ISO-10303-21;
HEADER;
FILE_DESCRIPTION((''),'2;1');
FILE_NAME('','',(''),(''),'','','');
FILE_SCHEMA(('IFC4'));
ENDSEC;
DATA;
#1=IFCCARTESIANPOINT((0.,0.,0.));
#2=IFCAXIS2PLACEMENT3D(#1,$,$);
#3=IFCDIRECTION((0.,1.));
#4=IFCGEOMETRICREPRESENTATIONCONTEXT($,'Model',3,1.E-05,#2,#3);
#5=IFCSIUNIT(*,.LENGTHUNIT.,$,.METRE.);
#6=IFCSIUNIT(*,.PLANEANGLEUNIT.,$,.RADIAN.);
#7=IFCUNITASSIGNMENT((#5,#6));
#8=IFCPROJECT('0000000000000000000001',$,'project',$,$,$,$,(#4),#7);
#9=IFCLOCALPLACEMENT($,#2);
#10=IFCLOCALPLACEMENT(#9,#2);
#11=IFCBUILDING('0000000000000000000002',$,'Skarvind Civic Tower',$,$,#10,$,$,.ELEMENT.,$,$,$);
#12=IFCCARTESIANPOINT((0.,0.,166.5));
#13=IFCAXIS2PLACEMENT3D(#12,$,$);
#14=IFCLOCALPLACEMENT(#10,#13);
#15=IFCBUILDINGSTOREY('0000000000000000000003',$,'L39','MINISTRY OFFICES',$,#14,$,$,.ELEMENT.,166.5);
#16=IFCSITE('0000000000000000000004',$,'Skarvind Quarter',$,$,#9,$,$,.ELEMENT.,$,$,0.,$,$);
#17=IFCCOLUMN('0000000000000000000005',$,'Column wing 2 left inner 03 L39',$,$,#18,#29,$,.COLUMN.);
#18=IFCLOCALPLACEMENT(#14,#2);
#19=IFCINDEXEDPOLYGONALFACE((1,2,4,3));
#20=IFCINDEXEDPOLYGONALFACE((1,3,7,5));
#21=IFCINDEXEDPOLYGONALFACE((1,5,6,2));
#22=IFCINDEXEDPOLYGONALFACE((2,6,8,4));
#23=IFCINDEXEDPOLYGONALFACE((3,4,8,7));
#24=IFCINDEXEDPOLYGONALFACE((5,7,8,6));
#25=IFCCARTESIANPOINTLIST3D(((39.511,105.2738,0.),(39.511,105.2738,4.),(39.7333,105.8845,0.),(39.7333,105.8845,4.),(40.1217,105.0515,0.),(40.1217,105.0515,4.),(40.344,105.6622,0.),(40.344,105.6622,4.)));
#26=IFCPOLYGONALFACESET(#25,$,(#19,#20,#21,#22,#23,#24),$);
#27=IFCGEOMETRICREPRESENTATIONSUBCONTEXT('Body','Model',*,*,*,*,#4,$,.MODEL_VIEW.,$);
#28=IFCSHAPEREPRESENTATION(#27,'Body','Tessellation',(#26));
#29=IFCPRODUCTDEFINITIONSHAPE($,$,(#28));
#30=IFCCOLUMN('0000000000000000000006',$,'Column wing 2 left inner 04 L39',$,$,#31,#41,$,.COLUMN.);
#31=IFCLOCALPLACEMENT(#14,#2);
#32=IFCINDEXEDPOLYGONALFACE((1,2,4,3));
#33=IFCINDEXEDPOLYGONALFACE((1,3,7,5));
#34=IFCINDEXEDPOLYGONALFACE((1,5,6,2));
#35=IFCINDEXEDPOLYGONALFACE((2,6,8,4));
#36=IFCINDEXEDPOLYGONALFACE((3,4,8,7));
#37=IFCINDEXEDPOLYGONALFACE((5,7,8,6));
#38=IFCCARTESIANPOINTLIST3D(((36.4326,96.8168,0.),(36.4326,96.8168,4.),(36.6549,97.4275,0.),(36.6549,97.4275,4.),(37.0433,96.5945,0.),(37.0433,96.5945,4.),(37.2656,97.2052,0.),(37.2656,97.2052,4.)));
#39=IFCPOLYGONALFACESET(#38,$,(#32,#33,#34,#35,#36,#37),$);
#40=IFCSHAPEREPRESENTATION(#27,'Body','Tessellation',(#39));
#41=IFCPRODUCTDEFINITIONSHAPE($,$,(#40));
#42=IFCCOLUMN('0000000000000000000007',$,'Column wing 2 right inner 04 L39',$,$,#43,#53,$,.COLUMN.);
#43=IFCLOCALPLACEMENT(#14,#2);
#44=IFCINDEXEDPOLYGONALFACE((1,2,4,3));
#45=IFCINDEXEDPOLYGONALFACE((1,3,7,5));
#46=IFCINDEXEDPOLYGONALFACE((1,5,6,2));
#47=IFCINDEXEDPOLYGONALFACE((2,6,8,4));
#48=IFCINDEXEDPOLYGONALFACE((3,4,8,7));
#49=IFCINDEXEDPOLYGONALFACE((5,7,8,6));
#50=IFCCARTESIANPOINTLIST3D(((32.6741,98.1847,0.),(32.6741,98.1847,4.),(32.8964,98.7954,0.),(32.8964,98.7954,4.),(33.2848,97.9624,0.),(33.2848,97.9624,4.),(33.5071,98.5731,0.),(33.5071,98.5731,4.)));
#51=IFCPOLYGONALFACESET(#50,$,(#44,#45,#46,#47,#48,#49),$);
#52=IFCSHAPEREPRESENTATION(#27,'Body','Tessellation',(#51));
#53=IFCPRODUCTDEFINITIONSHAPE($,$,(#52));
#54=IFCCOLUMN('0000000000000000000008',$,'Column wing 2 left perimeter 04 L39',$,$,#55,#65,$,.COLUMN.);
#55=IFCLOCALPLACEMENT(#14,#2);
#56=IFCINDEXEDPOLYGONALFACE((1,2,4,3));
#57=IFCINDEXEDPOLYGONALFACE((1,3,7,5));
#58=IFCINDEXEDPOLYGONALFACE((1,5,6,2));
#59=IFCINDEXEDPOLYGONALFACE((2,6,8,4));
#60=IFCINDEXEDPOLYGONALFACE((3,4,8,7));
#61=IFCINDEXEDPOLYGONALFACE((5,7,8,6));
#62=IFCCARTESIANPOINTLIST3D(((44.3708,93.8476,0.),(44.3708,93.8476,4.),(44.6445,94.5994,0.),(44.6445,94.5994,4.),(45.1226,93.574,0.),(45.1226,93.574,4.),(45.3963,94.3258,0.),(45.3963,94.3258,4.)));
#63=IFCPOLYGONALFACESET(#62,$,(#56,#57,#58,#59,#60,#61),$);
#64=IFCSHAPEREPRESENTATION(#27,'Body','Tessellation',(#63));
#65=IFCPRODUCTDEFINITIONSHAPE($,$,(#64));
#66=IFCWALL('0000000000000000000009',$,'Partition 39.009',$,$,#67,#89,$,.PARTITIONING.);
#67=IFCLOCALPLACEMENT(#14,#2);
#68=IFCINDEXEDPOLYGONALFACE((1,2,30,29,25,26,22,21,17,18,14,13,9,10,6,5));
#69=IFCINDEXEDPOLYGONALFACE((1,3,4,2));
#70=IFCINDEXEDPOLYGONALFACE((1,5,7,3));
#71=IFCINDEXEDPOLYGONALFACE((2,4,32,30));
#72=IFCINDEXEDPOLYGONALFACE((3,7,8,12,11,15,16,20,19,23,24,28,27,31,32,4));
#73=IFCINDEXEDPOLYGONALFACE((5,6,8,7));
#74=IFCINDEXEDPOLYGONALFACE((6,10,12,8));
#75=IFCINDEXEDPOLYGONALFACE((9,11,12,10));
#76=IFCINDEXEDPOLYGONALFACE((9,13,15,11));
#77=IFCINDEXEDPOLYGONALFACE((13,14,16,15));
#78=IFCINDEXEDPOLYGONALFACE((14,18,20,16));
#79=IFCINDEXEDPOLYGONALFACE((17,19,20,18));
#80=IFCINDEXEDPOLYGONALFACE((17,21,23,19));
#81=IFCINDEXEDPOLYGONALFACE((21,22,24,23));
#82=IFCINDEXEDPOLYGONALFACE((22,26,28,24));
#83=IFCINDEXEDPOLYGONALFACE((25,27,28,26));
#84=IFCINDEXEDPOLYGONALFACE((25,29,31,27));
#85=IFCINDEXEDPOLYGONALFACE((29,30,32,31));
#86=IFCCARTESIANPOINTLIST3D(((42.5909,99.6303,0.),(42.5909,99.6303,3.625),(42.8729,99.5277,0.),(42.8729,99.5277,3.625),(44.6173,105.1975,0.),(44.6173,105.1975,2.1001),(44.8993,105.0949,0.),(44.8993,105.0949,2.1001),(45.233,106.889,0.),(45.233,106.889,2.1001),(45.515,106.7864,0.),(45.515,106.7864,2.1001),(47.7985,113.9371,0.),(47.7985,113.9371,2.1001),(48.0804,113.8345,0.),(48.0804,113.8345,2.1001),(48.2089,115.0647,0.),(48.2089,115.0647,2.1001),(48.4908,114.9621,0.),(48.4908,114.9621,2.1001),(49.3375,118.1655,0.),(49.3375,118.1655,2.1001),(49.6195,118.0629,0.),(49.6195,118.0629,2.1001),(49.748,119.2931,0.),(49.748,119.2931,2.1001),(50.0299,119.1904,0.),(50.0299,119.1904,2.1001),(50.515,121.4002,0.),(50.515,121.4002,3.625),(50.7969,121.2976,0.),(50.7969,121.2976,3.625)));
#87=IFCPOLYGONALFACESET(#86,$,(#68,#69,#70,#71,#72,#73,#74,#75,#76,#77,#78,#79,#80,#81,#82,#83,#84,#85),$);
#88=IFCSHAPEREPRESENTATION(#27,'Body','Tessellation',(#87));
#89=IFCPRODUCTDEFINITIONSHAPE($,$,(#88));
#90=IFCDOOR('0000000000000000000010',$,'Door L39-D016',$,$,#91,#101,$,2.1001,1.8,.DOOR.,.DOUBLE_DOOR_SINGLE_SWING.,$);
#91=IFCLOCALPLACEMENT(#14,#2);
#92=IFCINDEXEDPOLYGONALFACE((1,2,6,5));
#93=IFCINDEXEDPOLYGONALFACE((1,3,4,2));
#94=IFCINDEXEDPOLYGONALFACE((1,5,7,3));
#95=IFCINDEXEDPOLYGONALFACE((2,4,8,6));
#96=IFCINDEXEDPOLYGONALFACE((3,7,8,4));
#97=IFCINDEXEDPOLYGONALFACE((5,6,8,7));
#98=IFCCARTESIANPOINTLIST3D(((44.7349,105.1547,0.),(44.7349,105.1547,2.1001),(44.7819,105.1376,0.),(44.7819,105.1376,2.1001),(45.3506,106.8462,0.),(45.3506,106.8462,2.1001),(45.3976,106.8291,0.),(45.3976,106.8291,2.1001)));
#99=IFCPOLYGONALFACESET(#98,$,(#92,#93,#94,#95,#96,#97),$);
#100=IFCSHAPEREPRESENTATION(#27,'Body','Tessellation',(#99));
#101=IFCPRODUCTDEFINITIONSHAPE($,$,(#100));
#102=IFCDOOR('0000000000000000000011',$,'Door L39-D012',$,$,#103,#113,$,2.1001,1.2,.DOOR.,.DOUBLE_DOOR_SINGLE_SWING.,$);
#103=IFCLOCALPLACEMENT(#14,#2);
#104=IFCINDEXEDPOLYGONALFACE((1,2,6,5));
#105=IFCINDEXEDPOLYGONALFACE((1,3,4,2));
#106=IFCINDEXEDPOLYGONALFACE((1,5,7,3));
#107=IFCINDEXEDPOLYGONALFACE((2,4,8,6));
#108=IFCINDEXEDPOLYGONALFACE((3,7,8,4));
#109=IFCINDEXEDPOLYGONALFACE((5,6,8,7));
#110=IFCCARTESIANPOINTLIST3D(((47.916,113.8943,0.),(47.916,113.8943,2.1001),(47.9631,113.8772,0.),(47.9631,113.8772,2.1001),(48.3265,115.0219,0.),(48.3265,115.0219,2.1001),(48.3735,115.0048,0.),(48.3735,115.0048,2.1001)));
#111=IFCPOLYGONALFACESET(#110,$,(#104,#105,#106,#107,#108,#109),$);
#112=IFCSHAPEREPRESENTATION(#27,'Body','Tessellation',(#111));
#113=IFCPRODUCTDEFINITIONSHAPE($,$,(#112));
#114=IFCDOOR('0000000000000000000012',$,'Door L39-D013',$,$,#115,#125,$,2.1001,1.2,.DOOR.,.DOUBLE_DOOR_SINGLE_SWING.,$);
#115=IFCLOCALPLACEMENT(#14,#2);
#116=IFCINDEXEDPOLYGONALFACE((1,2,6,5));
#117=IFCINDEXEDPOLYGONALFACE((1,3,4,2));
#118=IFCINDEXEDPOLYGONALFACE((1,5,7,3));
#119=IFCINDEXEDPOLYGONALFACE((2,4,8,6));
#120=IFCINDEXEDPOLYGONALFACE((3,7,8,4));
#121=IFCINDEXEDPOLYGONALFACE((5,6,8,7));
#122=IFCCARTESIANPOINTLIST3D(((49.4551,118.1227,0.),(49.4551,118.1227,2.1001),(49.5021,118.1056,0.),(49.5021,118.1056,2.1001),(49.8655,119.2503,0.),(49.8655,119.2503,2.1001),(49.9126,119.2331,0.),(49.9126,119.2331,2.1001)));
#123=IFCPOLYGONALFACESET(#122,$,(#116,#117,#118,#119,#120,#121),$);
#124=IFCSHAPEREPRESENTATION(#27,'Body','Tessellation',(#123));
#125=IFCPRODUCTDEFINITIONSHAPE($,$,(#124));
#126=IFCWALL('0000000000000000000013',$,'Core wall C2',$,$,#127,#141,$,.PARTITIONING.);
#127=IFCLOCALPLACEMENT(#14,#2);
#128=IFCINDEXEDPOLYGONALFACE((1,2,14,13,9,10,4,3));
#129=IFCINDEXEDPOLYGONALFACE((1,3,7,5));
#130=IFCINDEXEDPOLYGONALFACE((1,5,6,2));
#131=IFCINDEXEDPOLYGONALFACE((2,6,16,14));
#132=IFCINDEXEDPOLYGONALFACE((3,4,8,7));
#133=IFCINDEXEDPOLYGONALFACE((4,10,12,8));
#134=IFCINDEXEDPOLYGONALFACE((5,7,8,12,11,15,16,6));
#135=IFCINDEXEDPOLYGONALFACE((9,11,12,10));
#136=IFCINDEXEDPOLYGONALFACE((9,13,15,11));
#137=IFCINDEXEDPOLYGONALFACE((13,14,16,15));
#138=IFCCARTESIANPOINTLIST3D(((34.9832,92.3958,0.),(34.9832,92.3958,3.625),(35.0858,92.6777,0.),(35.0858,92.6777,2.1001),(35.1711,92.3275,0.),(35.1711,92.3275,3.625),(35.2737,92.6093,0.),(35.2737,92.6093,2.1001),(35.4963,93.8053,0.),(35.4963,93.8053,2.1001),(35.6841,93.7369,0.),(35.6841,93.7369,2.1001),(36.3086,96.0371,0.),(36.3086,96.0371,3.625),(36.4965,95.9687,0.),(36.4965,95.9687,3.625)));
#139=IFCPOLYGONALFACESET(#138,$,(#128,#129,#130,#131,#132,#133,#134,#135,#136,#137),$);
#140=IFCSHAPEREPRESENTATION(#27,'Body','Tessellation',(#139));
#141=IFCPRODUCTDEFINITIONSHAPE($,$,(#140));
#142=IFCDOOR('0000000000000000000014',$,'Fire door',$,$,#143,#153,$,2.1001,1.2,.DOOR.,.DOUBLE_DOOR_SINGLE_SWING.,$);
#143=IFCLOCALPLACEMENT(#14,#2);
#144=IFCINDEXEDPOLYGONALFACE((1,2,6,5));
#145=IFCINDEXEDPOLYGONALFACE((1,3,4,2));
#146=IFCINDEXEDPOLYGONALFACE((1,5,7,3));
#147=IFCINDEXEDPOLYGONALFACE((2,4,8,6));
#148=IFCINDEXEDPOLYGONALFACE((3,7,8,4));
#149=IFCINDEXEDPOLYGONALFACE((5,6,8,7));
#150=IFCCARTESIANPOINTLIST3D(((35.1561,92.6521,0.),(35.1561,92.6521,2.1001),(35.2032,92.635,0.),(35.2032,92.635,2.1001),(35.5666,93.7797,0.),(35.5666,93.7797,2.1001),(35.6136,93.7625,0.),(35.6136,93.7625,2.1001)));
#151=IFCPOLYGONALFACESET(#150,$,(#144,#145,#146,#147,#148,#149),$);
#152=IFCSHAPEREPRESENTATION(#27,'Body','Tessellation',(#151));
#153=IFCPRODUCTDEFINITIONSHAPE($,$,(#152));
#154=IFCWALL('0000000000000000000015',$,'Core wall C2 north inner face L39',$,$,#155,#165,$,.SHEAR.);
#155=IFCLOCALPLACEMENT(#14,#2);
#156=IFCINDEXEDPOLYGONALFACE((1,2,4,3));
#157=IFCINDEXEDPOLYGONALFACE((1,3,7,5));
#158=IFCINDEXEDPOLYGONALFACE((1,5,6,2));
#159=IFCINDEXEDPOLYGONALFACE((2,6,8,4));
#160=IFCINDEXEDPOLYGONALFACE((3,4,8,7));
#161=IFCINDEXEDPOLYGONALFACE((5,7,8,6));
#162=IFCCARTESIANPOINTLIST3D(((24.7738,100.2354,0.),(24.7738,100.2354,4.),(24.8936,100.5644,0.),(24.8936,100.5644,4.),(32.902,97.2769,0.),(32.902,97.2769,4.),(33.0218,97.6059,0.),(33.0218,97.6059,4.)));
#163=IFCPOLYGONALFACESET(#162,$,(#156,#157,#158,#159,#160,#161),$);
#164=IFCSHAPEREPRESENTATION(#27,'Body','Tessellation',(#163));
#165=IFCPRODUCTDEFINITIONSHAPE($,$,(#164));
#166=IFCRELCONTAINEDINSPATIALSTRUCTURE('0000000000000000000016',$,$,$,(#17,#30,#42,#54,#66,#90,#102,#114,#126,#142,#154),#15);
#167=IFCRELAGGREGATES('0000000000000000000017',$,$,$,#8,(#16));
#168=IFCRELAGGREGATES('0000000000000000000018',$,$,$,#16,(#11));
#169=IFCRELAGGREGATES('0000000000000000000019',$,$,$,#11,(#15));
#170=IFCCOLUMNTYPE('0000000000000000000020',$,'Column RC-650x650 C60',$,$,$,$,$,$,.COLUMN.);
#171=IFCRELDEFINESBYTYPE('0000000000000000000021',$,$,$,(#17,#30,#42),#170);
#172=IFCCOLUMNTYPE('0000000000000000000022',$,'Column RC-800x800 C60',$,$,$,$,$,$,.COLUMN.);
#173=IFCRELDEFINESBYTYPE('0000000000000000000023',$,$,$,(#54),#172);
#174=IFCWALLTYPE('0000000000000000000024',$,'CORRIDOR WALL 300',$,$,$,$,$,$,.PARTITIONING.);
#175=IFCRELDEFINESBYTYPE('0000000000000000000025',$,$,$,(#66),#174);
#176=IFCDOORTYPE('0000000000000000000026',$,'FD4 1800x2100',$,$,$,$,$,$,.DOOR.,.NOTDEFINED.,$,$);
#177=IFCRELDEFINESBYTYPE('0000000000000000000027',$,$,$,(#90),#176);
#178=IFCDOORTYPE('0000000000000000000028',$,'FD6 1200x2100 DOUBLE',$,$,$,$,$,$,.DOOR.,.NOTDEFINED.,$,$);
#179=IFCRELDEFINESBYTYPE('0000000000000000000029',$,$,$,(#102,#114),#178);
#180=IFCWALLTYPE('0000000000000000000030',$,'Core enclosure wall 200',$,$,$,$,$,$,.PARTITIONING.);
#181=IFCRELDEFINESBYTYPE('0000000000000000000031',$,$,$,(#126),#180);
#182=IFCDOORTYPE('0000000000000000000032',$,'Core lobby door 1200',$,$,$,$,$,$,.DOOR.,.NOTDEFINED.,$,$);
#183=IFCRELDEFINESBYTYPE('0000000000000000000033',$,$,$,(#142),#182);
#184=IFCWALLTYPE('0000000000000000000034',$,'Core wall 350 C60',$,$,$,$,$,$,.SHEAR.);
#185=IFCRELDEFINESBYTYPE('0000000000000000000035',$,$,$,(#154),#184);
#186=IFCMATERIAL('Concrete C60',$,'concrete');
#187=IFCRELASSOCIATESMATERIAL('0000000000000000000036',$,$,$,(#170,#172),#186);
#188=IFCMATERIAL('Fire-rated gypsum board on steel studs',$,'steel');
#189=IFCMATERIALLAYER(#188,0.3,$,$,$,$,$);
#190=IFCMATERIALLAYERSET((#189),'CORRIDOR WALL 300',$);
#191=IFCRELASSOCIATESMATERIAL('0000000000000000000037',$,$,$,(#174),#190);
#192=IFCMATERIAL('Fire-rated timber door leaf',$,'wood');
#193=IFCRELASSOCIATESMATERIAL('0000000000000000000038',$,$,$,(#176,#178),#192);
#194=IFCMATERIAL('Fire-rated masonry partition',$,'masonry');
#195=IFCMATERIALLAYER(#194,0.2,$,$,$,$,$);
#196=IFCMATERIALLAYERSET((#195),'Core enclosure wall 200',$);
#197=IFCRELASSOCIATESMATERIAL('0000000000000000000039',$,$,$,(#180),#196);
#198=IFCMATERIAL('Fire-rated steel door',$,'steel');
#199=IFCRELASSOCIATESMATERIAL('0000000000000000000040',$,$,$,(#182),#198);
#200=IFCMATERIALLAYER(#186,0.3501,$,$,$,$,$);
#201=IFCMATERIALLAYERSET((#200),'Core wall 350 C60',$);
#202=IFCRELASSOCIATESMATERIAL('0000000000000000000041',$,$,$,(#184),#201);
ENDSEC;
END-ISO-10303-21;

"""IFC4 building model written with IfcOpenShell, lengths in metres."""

from ifc_helpers import new_model, si_unit, direction, frame, frame_2d, origin, origin_2d, place, context, subcontext, project, spatial, rectangle, extrude, material, layer, layer_set, material_profile, profile_set, type_object, element, fill, save


model = new_model("IFC4")

# Units and contexts
model_context = context("Model", 3, precision=1e-05, world=origin(), true_north=direction((0.0, 1.0)))
body_context = subcontext(model_context, "Body", "Model", "MODEL_VIEW")
ifc_project = project(units=[si_unit("LENGTHUNIT", "METRE"), si_unit("PLANEANGLEUNIT", "RADIAN")], contexts=[model_context])

# Site, building, storey
site_placement = place(None, origin())
site = spatial("IfcSite", under=ifc_project, at=site_placement, Name="Skarvind Quarter", CompositionType="ELEMENT", RefElevation=0.0)
building_placement = place(site_placement, origin())
building = spatial("IfcBuilding", under=site, at=building_placement, Name="Skarvind Civic Tower", CompositionType="ELEMENT")
storey_placement = place(building_placement, frame((0.0, 0.0, 166.5)))
storey = spatial("IfcBuildingStorey", under=building, at=storey_placement, Name="L39", Description="MINISTRY OFFICES", CompositionType="ELEMENT", Elevation=166.5)

# Columns
ifc_material_1 = material(Name="Concrete C60", Category="concrete")
ifc_material_profile_1 = material_profile(ifc_material_1, rectangle(XDim=0.6499, YDim=0.6499, at=origin_2d()), Name="RC-650x650")
ifc_profile_set_1 = profile_set([ifc_material_profile_1], Name="Concrete C60")
column_type_1 = type_object("IfcColumnType", Name="Column RC-650x650 C60", PredefinedType="COLUMN", material=ifc_profile_set_1)
for number, where, z_axis, x_axis, name in (
    (1, (39.9275, 105.468, 0.0), (0.0, 0.0, 1.0), (-0.34202, -0.939693, 0.0), "Column wing 2 left inner 03 L39"),
    (2, (36.8491, 97.011, 0.0), (0.0, 0.0, 1.0), (-0.34202, -0.939693, 0.0), "Column wing 2 left inner 04 L39"),
    (3, (33.0906, 98.3789, 0.0), (0.0, 0.0, 1.0), (-0.34202, -0.939693, 0.0), "Column wing 2 right inner 04 L39"),
):
    element("IfcColumn", number, at=place(storey_placement, frame(where, z_axis=z_axis, x_axis=x_axis)), inside=storey, type_object=column_type_1, Name=name, PredefinedType="COLUMN", context=body_context, shape_type="SweptSolid", body=[
        extrude(rectangle(XDim=0.6499, YDim=0.6499, at=origin_2d()), origin(), (0.0, 0.0, 1.0), 4.0),
    ])
ifc_material_profile_2 = material_profile(ifc_material_1, rectangle(XDim=0.8, YDim=0.8, at=origin_2d()), Name="RC-800x800")
ifc_profile_set_2 = profile_set([ifc_material_profile_2], Name="Concrete C60")
column_type_2 = type_object("IfcColumnType", Name="Column RC-800x800 C60", PredefinedType="COLUMN", material=ifc_profile_set_2)
column_placement = place(storey_placement, frame((44.8835, 94.0867, 0.0), z_axis=(0.0, 0.0, 1.0), x_axis=(-0.34202, -0.939693, 0.0)))
element("IfcColumn", 4, at=column_placement, inside=storey, type_object=column_type_2, Name="Column wing 2 left perimeter 04 L39", PredefinedType="COLUMN", context=body_context, shape_type="SweptSolid", body=[
    extrude(rectangle(XDim=0.8, YDim=0.8, at=origin_2d()), origin(), (0.0, 0.0, 1.0), 4.0),
])

# Wall, openings, doors
ifc_material_2 = material(Name="Fire-rated gypsum board on steel studs", Category="steel")
ifc_layer_1 = layer(ifc_material_2, 0.3)
ifc_layer_set_1 = layer_set([ifc_layer_1], Name="CORRIDOR WALL 300")
wall_type_1 = type_object("IfcWallType", Name="CORRIDOR WALL 300", PredefinedType="PARTITIONING", material=ifc_layer_set_1)
wall_1_placement = place(storey_placement, frame((42.7319, 99.5791, 0.0), z_axis=(0.0, 0.0, 1.0), x_axis=(0.342037, 0.939687, 0.0)))
wall_1 = element("IfcWall", 5, at=wall_1_placement, inside=storey, type_object=wall_type_1, Name="Partition 39.009", PredefinedType="PARTITIONING", context=body_context, shape_type="SweptSolid", body=[
    extrude(rectangle(XDim=23.1672, YDim=0.3, at=frame_2d((11.5835, 0.0))), origin(), (0.0, 0.0, 1.0), 3.625),
])
opening_1_placement = place(wall_1_placement, frame((15.2249, 0.0, 0.0)))
opening_1 = element("IfcOpeningElement", 6, at=opening_1_placement, cuts=wall_1, PredefinedType="OPENING", context=body_context, shape_type="SweptSolid", body=[
    extrude(rectangle(XDim=1.2, YDim=2.1001, at=frame_2d((0.6001, 1.05))), frame((0.0, 0.1599, 0.0), z_axis=(0.0, -1.0, 0.0), x_axis=(1.0, 0.0, 0.0)), (0.0, 0.0, 1.0), 0.3201),
])
opening_2_placement = place(wall_1_placement, frame((19.7246, 0.0, 0.0)))
opening_2 = element("IfcOpeningElement", 7, at=opening_2_placement, cuts=wall_1, PredefinedType="OPENING", context=body_context, shape_type="SweptSolid", body=[
    extrude(rectangle(XDim=1.2, YDim=2.1001, at=frame_2d((0.6001, 1.05))), frame((0.0, 0.1599, 0.0), z_axis=(0.0, -1.0, 0.0), x_axis=(1.0, 0.0, 0.0)), (0.0, 0.0, 1.0), 0.3201),
])
opening_3_placement = place(wall_1_placement, frame((5.9246, 0.0, 0.0)))
opening_3 = element("IfcOpeningElement", 8, at=opening_3_placement, cuts=wall_1, PredefinedType="OPENING", context=body_context, shape_type="SweptSolid", body=[
    extrude(rectangle(XDim=1.8, YDim=2.1001, at=frame_2d((0.8999, 1.05))), frame((0.0, 0.1599, 0.0), z_axis=(0.0, -1.0, 0.0), x_axis=(1.0, 0.0, 0.0)), (0.0, 0.0, 1.0), 0.3201),
])
ifc_material_3 = material(Name="Fire-rated timber door leaf", Category="wood")
door_type_1 = type_object("IfcDoorType", Name="FD4 1800x2100", OperationType="NOTDEFINED", PredefinedType="DOOR", material=ifc_material_3)
door_1_placement = place(opening_3_placement, origin())
door_1 = element("IfcDoor", 9, at=door_1_placement, inside=storey, type_object=door_type_1, Name="Door L39-D016", OperationType="DOUBLE_DOOR_SINGLE_SWING", OverallHeight=2.1001, OverallWidth=1.8, PredefinedType="DOOR", context=body_context, shape_type="SweptSolid", body=[
    extrude(rectangle(XDim=1.8, YDim=2.1001, at=frame_2d((0.8999, 1.05))), frame((0.0, 0.0249, 0.0), z_axis=(0.0, -1.0, 0.0), x_axis=(1.0, 0.0, 0.0)), (0.0, 0.0, 1.0), 0.05),
])
fill(opening_3, door_1)
door_type_2 = type_object("IfcDoorType", Name="FD6 1200x2100 DOUBLE", OperationType="NOTDEFINED", PredefinedType="DOOR", material=ifc_material_3)
door_2_placement = place(opening_1_placement, origin())
door_2 = element("IfcDoor", 10, at=door_2_placement, inside=storey, type_object=door_type_2, Name="Door L39-D012", OperationType="DOUBLE_DOOR_SINGLE_SWING", OverallHeight=2.1001, OverallWidth=1.2, PredefinedType="DOOR", context=body_context, shape_type="SweptSolid", body=[
    extrude(rectangle(XDim=1.2, YDim=2.1001, at=frame_2d((0.6001, 1.05))), frame((0.0, 0.0249, 0.0), z_axis=(0.0, -1.0, 0.0), x_axis=(1.0, 0.0, 0.0)), (0.0, 0.0, 1.0), 0.05),
])
fill(opening_1, door_2)
door_3_placement = place(opening_2_placement, origin())
door_3 = element("IfcDoor", 11, at=door_3_placement, inside=storey, type_object=door_type_2, Name="Door L39-D013", OperationType="DOUBLE_DOOR_SINGLE_SWING", OverallHeight=2.1001, OverallWidth=1.2, PredefinedType="DOOR", context=body_context, shape_type="SweptSolid", body=[
    extrude(rectangle(XDim=1.2, YDim=2.1001, at=frame_2d((0.6001, 1.05))), frame((0.0, 0.0249, 0.0), z_axis=(0.0, -1.0, 0.0), x_axis=(1.0, 0.0, 0.0)), (0.0, 0.0, 1.0), 0.05),
])
fill(opening_2, door_3)

# Wall, opening, door
ifc_material_4 = material(Name="Fire-rated masonry partition", Category="masonry")
ifc_layer_2 = layer(ifc_material_4, 0.2)
ifc_layer_set_2 = layer_set([ifc_layer_2], Name="Core enclosure wall 200")
wall_type_2 = type_object("IfcWallType", Name="Core enclosure wall 200", PredefinedType="PARTITIONING", material=ifc_layer_set_2)
wall_2_placement = place(storey_placement, frame((36.4026, 96.0029, 0.0), z_axis=(0.0, 0.0, 1.0), x_axis=(-0.342042, -0.939685, 0.0)))
wall_2 = element("IfcWall", 12, at=wall_2_placement, inside=storey, type_object=wall_type_2, Name="Core wall C2", PredefinedType="PARTITIONING", context=body_context, shape_type="SweptSolid", body=[
    extrude(rectangle(XDim=3.875, YDim=0.2, at=frame_2d((1.9375, 0.0))), origin(), (0.0, 0.0, 1.0), 3.625),
])
opening_4_placement = place(wall_2_placement, frame((2.375, 0.0, 0.0)))
opening_4 = element("IfcOpeningElement", 13, at=opening_4_placement, cuts=wall_2, PredefinedType="OPENING", context=body_context, shape_type="SweptSolid", body=[
    extrude(rectangle(XDim=1.2, YDim=2.1001, at=frame_2d((0.6001, 1.05))), frame((0.0, 0.1099, 0.0), z_axis=(0.0, -1.0, 0.0), x_axis=(1.0, 0.0, 0.0)), (0.0, 0.0, 1.0), 0.22),
])
ifc_material_5 = material(Name="Fire-rated steel door", Category="steel")
door_type_3 = type_object("IfcDoorType", Name="Core lobby door 1200", OperationType="NOTDEFINED", PredefinedType="DOOR", material=ifc_material_5)
door_4_placement = place(opening_4_placement, origin())
door_4 = element("IfcDoor", 14, at=door_4_placement, inside=storey, type_object=door_type_3, Name="Fire door", OperationType="DOUBLE_DOOR_SINGLE_SWING", OverallHeight=2.1001, OverallWidth=1.2, PredefinedType="DOOR", context=body_context, shape_type="SweptSolid", body=[
    extrude(rectangle(XDim=1.2, YDim=2.1001, at=frame_2d((0.6001, 1.05))), frame((0.0, 0.0249, 0.0), z_axis=(0.0, -1.0, 0.0), x_axis=(1.0, 0.0, 0.0)), (0.0, 0.0, 1.0), 0.05),
])
fill(opening_4, door_4)

# Wall
ifc_layer_3 = layer(ifc_material_1, 0.3501)
ifc_layer_set_3 = layer_set([ifc_layer_3], Name="Core wall 350 C60")
wall_type_3 = type_object("IfcWallType", Name="Core wall 350 C60", PredefinedType="SHEAR", material=ifc_layer_set_3)
wall_3_placement = place(storey_placement, frame((32.9619, 97.4414, 0.0), z_axis=(0.0, 0.0, 1.0), x_axis=(-0.93969, 0.342029, 0.0)))
element("IfcWall", 15, at=wall_3_placement, inside=storey, type_object=wall_type_3, Name="Core wall C2 north inner face L39", PredefinedType="SHEAR", context=body_context, shape_type="SweptSolid", body=[
    extrude(rectangle(XDim=8.6499, YDim=0.3501, at=frame_2d((4.325, 0.0))), origin(), (0.0, 0.0, 1.0), 4.0),
])

save(model, "model.ifc")
